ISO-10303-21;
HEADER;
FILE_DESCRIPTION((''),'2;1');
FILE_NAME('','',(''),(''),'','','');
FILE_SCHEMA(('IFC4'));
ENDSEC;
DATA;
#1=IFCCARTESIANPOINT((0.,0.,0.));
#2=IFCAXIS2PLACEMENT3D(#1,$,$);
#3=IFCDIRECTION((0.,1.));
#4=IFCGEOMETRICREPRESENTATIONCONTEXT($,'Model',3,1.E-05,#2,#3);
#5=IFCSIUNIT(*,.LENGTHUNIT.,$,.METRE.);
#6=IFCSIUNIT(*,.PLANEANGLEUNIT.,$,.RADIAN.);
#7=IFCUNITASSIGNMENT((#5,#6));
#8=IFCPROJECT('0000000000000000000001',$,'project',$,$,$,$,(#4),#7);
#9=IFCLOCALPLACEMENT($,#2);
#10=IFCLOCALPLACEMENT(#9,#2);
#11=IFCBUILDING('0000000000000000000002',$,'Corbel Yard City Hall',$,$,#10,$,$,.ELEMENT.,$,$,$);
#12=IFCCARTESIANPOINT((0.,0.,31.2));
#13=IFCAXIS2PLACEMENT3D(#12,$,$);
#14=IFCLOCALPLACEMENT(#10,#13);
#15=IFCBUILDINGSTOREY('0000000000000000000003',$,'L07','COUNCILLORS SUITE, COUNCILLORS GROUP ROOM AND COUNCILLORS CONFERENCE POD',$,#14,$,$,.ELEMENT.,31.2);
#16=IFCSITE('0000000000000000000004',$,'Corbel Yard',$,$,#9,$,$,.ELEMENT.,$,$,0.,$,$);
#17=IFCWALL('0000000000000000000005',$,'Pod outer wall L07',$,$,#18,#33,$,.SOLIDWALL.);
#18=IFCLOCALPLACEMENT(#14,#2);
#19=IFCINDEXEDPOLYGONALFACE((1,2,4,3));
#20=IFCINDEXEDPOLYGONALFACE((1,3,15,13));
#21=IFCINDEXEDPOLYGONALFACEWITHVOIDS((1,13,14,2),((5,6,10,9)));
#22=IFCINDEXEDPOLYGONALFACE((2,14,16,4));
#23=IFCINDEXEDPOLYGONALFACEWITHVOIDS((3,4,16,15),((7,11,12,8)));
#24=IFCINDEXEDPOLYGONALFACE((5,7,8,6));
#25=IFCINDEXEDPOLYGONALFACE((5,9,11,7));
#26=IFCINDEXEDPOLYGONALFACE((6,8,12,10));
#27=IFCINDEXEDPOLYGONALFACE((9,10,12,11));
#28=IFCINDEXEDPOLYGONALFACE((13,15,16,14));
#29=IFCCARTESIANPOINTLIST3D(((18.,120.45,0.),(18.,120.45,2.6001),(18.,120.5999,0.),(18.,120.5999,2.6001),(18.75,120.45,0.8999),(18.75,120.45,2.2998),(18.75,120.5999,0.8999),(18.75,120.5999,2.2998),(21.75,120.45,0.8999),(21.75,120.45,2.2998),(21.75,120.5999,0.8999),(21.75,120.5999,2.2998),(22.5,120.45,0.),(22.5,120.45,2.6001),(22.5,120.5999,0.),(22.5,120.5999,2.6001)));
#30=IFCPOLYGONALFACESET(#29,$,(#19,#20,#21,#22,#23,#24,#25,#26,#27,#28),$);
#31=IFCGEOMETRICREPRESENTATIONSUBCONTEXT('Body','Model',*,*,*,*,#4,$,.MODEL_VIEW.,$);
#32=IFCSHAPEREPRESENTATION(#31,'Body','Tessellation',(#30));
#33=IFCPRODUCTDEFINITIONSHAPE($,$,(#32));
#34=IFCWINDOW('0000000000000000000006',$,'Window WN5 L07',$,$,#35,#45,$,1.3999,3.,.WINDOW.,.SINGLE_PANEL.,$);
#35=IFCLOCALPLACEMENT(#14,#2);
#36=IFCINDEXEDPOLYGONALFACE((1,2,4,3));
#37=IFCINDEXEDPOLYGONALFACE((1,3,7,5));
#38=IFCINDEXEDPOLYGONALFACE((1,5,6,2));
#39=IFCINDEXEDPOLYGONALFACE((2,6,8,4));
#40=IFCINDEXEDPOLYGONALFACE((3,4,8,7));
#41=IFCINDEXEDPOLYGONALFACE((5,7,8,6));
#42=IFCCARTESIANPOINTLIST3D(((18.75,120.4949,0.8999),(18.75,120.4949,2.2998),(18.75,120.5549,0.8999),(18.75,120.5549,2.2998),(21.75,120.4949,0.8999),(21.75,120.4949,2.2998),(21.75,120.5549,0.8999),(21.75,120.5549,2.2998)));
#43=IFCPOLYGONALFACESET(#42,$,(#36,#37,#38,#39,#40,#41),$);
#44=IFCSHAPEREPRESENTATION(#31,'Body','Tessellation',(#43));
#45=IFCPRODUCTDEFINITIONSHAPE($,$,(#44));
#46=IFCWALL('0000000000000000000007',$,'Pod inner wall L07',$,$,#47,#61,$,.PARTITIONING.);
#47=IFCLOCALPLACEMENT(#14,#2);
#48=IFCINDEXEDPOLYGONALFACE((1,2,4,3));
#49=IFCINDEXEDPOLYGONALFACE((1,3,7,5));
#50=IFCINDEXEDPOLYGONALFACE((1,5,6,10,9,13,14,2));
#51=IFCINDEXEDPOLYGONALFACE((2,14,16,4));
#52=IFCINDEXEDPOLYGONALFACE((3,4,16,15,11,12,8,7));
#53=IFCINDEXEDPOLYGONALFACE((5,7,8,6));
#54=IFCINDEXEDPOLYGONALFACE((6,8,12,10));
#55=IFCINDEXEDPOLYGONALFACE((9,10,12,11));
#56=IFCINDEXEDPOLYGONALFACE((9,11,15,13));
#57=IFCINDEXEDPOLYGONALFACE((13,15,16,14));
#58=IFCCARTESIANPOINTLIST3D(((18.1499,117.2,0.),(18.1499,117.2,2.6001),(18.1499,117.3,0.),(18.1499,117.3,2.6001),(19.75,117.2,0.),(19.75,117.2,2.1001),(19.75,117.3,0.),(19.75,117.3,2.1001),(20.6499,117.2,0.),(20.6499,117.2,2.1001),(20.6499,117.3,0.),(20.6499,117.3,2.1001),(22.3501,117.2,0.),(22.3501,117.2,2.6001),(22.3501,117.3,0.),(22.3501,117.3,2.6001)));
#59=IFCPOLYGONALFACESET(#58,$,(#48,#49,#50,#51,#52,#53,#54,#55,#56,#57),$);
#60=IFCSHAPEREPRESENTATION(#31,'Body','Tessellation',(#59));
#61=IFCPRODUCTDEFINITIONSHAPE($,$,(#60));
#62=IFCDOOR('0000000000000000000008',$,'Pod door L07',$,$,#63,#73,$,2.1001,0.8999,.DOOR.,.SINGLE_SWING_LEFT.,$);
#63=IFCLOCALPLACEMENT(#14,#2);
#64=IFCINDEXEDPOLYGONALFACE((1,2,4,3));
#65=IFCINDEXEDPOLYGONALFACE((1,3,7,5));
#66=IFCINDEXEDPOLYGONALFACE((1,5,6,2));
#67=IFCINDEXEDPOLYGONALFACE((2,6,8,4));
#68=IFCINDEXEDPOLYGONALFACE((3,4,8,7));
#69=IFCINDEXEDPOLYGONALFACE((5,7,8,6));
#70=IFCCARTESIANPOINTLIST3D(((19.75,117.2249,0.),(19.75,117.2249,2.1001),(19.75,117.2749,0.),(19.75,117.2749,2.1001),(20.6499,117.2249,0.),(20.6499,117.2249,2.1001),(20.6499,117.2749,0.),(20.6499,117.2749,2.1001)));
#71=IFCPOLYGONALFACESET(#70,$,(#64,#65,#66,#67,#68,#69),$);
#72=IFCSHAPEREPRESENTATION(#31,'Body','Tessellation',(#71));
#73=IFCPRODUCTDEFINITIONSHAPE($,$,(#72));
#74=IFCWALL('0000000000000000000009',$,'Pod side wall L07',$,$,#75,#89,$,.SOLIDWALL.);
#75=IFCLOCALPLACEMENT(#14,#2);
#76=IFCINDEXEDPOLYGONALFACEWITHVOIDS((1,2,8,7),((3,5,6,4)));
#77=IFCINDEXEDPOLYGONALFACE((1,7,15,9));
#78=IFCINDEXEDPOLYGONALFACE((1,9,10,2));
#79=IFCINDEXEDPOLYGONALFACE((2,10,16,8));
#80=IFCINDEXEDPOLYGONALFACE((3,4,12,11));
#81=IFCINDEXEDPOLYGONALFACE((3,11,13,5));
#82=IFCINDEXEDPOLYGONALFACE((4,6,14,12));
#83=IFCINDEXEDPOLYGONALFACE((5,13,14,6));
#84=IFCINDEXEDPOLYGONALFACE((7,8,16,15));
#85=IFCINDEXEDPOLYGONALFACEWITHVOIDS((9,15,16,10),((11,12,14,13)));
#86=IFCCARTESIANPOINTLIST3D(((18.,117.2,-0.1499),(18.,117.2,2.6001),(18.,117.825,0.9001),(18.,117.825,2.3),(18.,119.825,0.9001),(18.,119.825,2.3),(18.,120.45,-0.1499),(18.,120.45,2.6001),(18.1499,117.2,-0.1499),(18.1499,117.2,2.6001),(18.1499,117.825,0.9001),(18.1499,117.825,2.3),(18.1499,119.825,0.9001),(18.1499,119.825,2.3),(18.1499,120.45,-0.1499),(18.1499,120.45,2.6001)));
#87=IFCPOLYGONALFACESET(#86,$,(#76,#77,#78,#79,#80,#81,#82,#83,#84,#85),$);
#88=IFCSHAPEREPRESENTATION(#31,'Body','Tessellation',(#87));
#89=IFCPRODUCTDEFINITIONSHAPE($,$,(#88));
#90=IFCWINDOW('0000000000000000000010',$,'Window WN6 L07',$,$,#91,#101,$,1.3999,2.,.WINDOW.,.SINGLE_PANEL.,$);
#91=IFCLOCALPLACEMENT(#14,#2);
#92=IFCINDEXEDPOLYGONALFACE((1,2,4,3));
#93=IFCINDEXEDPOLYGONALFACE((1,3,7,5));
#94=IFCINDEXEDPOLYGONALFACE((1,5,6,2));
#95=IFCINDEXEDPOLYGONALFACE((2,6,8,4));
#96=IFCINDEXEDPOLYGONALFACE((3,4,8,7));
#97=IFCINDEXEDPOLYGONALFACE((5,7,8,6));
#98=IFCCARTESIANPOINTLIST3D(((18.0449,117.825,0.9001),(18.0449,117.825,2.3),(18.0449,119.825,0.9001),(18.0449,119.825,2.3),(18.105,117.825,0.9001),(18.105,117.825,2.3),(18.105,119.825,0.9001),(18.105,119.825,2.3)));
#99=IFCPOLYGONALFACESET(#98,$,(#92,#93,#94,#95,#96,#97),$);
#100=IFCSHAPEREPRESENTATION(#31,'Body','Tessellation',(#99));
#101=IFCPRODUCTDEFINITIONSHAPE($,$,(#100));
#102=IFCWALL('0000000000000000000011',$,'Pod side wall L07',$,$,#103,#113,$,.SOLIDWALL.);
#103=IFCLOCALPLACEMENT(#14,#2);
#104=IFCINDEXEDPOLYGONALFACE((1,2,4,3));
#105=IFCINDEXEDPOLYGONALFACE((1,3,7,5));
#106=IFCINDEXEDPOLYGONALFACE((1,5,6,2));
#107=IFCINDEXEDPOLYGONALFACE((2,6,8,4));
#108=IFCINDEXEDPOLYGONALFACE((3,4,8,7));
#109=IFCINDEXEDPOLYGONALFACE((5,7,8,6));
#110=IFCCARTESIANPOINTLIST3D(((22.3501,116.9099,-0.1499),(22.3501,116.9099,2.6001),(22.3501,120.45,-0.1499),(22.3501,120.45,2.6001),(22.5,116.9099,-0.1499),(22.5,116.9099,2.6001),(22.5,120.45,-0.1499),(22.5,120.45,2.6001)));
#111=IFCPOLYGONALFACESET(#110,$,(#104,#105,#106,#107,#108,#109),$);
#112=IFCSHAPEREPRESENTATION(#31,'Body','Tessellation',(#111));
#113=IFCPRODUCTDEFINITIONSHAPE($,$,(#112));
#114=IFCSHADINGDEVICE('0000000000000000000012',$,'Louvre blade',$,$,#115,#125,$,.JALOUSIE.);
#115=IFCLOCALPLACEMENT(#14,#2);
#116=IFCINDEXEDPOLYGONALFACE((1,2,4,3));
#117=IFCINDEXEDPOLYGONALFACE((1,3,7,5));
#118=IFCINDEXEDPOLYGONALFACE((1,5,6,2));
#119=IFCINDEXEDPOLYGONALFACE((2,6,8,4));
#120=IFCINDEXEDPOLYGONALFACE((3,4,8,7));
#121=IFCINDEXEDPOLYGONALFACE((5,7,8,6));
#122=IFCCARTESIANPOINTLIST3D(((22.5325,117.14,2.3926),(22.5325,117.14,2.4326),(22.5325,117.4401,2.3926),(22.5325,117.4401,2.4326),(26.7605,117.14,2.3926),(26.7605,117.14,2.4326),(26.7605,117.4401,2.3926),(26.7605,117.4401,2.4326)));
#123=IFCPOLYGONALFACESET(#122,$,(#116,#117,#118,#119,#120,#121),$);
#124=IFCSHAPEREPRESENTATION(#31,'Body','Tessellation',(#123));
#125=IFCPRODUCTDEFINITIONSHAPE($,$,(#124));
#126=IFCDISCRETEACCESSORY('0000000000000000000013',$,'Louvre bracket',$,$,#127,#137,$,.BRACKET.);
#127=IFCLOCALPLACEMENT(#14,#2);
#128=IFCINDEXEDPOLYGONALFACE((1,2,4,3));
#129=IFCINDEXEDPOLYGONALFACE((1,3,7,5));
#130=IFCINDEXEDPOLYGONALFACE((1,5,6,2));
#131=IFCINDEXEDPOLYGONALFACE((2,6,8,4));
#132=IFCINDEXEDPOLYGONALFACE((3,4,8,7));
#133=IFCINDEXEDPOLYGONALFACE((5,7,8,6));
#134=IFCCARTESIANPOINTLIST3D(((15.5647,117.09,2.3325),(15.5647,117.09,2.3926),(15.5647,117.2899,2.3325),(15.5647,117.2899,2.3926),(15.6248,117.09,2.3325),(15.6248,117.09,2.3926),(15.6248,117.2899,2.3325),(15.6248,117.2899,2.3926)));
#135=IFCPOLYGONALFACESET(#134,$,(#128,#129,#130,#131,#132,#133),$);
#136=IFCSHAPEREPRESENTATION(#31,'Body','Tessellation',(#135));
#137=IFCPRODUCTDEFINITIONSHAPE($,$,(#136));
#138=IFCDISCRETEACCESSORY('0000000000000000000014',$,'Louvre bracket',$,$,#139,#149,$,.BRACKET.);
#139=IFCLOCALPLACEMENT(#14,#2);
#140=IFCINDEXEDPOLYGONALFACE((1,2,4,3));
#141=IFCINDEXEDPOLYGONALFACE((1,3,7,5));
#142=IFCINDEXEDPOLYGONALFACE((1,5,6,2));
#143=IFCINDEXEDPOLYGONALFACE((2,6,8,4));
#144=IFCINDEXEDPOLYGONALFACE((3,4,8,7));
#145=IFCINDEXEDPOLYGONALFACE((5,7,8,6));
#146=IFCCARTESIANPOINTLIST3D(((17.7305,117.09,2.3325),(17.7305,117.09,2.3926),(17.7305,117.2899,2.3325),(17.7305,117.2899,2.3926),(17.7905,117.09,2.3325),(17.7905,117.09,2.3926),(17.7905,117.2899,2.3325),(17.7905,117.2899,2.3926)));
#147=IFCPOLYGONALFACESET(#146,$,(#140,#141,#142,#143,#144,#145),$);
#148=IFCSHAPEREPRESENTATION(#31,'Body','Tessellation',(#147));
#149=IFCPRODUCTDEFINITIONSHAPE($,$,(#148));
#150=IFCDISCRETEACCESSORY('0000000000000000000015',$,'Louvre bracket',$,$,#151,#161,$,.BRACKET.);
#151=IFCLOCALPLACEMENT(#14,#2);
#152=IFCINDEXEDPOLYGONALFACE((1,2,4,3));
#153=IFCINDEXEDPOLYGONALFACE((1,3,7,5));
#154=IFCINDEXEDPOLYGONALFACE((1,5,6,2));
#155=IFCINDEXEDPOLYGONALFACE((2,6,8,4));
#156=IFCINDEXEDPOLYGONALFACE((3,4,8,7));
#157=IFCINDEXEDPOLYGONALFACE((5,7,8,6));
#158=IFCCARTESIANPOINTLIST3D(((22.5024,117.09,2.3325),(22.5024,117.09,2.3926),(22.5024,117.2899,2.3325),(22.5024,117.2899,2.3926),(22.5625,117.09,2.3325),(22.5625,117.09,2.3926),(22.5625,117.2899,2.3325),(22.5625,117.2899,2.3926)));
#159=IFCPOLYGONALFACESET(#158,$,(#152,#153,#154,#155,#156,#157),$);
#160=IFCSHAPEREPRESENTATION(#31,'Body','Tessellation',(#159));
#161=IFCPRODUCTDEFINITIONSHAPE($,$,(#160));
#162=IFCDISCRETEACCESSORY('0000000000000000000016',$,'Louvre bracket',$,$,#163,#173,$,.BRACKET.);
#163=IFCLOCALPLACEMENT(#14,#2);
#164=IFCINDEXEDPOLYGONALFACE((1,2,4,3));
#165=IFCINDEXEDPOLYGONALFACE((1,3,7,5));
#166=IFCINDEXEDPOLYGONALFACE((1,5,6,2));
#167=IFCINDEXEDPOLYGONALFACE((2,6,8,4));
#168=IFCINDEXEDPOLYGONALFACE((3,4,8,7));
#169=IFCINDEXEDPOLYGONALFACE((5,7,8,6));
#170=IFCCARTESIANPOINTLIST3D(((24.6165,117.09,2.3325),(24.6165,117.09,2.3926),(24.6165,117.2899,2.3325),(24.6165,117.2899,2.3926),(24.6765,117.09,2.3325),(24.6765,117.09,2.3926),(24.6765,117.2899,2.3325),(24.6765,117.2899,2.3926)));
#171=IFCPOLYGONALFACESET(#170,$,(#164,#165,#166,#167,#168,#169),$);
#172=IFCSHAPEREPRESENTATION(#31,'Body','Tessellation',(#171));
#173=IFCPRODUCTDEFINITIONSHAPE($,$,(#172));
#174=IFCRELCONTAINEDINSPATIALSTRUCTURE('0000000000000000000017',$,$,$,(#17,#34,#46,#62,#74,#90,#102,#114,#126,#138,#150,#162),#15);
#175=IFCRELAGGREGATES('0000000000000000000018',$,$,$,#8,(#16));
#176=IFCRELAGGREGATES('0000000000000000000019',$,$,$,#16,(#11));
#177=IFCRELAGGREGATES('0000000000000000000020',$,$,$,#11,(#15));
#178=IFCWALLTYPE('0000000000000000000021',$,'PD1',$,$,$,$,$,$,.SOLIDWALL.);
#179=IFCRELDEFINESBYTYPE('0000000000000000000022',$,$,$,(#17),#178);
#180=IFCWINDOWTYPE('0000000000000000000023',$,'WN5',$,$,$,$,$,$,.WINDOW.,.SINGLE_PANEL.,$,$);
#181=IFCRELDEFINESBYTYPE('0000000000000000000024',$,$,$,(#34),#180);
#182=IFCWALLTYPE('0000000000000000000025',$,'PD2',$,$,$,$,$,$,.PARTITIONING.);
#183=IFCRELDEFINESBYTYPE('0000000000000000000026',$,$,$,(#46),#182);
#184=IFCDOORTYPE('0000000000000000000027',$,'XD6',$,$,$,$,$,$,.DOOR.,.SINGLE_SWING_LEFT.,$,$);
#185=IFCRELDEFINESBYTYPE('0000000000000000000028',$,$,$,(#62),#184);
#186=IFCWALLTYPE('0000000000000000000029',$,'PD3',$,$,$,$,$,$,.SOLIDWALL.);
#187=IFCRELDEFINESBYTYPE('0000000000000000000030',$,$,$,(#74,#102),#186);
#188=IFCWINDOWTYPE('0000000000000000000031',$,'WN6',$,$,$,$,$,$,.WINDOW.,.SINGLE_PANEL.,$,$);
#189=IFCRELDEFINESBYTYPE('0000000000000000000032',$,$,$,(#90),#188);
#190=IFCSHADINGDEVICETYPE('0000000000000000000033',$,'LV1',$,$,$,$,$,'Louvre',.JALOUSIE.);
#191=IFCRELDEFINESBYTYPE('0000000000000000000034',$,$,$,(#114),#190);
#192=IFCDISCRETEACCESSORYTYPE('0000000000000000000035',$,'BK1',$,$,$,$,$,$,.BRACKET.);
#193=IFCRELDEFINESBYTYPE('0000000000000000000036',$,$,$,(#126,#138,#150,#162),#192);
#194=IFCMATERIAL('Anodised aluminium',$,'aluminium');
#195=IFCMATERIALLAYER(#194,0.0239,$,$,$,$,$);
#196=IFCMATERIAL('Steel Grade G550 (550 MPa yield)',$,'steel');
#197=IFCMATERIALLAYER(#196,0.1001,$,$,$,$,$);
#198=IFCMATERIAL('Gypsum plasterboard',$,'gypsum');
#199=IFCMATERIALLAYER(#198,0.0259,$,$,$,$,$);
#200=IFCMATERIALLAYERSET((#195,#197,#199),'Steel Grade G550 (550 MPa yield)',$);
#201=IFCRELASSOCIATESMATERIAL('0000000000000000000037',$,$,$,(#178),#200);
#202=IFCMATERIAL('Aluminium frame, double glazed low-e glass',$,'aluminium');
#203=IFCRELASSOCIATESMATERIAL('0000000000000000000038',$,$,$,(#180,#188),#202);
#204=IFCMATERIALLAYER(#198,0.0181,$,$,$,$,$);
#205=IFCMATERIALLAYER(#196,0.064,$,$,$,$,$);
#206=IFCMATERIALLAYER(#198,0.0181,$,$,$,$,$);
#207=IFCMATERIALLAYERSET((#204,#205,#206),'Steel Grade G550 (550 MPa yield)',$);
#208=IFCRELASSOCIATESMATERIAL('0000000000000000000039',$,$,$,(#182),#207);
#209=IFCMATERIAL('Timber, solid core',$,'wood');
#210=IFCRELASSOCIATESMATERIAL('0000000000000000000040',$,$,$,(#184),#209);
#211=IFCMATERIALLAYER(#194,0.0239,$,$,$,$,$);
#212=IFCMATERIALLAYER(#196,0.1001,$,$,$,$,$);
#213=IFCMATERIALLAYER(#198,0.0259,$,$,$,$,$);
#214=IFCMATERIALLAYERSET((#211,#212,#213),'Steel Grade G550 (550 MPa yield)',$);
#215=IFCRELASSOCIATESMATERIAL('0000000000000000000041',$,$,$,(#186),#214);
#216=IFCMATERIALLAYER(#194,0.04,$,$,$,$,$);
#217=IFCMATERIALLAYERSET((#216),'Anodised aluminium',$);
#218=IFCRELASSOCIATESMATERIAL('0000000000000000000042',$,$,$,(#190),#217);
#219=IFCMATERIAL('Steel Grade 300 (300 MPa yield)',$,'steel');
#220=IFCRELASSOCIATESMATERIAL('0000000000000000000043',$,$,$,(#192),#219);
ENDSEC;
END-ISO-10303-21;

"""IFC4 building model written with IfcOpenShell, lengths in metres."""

from ifc_helpers import new_model, si_unit, direction, frame, frame_2d, origin, origin_2d, place, context, subcontext, project, spatial, rectangle, extrude, material, layer, layer_set, type_object, element, fill, save


model = new_model("IFC4")

# Units and contexts
model_context = context("Model", 3, precision=1e-05, world=origin(), true_north=direction((0.0, 1.0)))
body_context = subcontext(model_context, "Body", "Model", "MODEL_VIEW")
ifc_project = project(units=[si_unit("LENGTHUNIT", "METRE"), si_unit("PLANEANGLEUNIT", "RADIAN")], contexts=[model_context])

# Site, building, storey
site_placement = place(None, origin())
site = spatial("IfcSite", under=ifc_project, at=site_placement, Name="Corbel Yard", CompositionType="ELEMENT", RefElevation=0.0)
building_placement = place(site_placement, origin())
building = spatial("IfcBuilding", under=site, at=building_placement, Name="Corbel Yard City Hall", CompositionType="ELEMENT")
storey_placement = place(building_placement, frame((0.0, 0.0, 31.2)))
storey = spatial("IfcBuildingStorey", under=building, at=storey_placement, Name="L07", Description="COUNCILLORS SUITE, COUNCILLORS GROUP ROOM AND COUNCILLORS CONFERENCE POD", CompositionType="ELEMENT", Elevation=31.2)

# Shared definitions
ifc_material_1 = material(Name="Steel Grade 300 (300 MPa yield)", Category="steel")

# Wall, opening, window
ifc_material_2 = material(Name="Anodised aluminium", Category="aluminium")
ifc_layer_1 = layer(ifc_material_2, 0.0239)
ifc_material_3 = material(Name="Steel Grade G550 (550 MPa yield)", Category="steel")
ifc_layer_2 = layer(ifc_material_3, 0.1001)
ifc_material_4 = material(Name="Gypsum plasterboard", Category="gypsum")
ifc_layer_3 = layer(ifc_material_4, 0.0259)
ifc_layer_set_1 = layer_set([ifc_layer_1, ifc_layer_2, ifc_layer_3], Name="Steel Grade G550 (550 MPa yield)")
wall_type_1 = type_object("IfcWallType", Name="PD1", PredefinedType="SOLIDWALL", material=ifc_layer_set_1)
wall_1_placement = place(storey_placement, frame((18.0, 120.5249, 0.0), z_axis=(0.0, 0.0, 1.0), x_axis=(1.0, 0.0, 0.0)))
wall_1 = element("IfcWall", 1, at=wall_1_placement, inside=storey, type_object=wall_type_1, Name="Pod outer wall L07", PredefinedType="SOLIDWALL", context=body_context, shape_type="SweptSolid", body=[
    extrude(rectangle(XDim=4.5, YDim=0.1499, at=frame_2d((2.25, 0.0))), origin(), (0.0, 0.0, 1.0), 2.6001),
])
opening_1_placement = place(wall_1_placement, frame((0.75, 0.0, 0.8999)))
opening_1 = element("IfcOpeningElement", 2, at=opening_1_placement, cuts=wall_1, PredefinedType="OPENING", context=body_context, shape_type="SweptSolid", body=[
    extrude(rectangle(XDim=3.0, YDim=1.3999, at=frame_2d((1.5, 0.7))), frame((0.0, 0.085, 0.0), z_axis=(0.0, -1.0, 0.0), x_axis=(1.0, 0.0, 0.0)), (0.0, 0.0, 1.0), 0.1699),
])
ifc_material_5 = material(Name="Aluminium frame, double glazed low-e glass", Category="aluminium")
window_type_1 = type_object("IfcWindowType", Name="WN5", PartitioningType="SINGLE_PANEL", PredefinedType="WINDOW", material=ifc_material_5)
window_1_placement = place(opening_1_placement, origin())
window_1 = element("IfcWindow", 3, at=window_1_placement, inside=storey, type_object=window_type_1, Name="Window WN5 L07", OverallHeight=1.3999, OverallWidth=3.0, PartitioningType="SINGLE_PANEL", PredefinedType="WINDOW", context=body_context, shape_type="SweptSolid", body=[
    extrude(rectangle(XDim=3.0, YDim=1.3999, at=frame_2d((1.5, 0.7))), frame((0.0, 0.03, 0.0), z_axis=(0.0, -1.0, 0.0), x_axis=(1.0, 0.0, 0.0)), (0.0, 0.0, 1.0), 0.0601),
])
fill(opening_1, window_1)

# Wall, opening, door
ifc_layer_4 = layer(ifc_material_4, 0.0181)
ifc_layer_5 = layer(ifc_material_3, 0.064)
ifc_layer_6 = layer(ifc_material_4, 0.0181)
ifc_layer_set_2 = layer_set([ifc_layer_4, ifc_layer_5, ifc_layer_6], Name="Steel Grade G550 (550 MPa yield)")
wall_type_2 = type_object("IfcWallType", Name="PD2", PredefinedType="PARTITIONING", material=ifc_layer_set_2)
wall_2_placement = place(storey_placement, frame((18.1499, 117.25, 0.0), z_axis=(0.0, 0.0, 1.0), x_axis=(1.0, 0.0, 0.0)))
wall_2 = element("IfcWall", 4, at=wall_2_placement, inside=storey, type_object=wall_type_2, Name="Pod inner wall L07", PredefinedType="PARTITIONING", context=body_context, shape_type="SweptSolid", body=[
    extrude(rectangle(XDim=4.2002, YDim=0.1001, at=frame_2d((2.1001, 0.0))), origin(), (0.0, 0.0, 1.0), 2.6001),
])
opening_2_placement = place(wall_2_placement, frame((1.6001, 0.0, 0.0)))
opening_2 = element("IfcOpeningElement", 5, at=opening_2_placement, cuts=wall_2, PredefinedType="OPENING", context=body_context, shape_type="SweptSolid", body=[
    extrude(rectangle(XDim=0.8999, YDim=2.1001, at=frame_2d((0.45, 1.05))), frame((0.0, 0.0601, 0.0), z_axis=(0.0, -1.0, 0.0), x_axis=(1.0, 0.0, 0.0)), (0.0, 0.0, 1.0), 0.1201),
])
ifc_material_6 = material(Name="Timber, solid core", Category="wood")
door_type = type_object("IfcDoorType", Name="XD6", OperationType="SINGLE_SWING_LEFT", PredefinedType="DOOR", material=ifc_material_6)
door_placement = place(opening_2_placement, origin())
door = element("IfcDoor", 6, at=door_placement, inside=storey, type_object=door_type, Name="Pod door L07", OperationType="SINGLE_SWING_LEFT", OverallHeight=2.1001, OverallWidth=0.8999, PredefinedType="DOOR", context=body_context, shape_type="SweptSolid", body=[
    extrude(rectangle(XDim=0.8999, YDim=2.1001, at=frame_2d((0.45, 1.05))), frame((0.0, 0.0249, 0.0), z_axis=(0.0, -1.0, 0.0), x_axis=(1.0, 0.0, 0.0)), (0.0, 0.0, 1.0), 0.05),
])
fill(opening_2, door)

# Wall, opening, window
ifc_layer_7 = layer(ifc_material_2, 0.0239)
ifc_layer_8 = layer(ifc_material_3, 0.1001)
ifc_layer_9 = layer(ifc_material_4, 0.0259)
ifc_layer_set_3 = layer_set([ifc_layer_7, ifc_layer_8, ifc_layer_9], Name="Steel Grade G550 (550 MPa yield)")
wall_type_3 = type_object("IfcWallType", Name="PD3", PredefinedType="SOLIDWALL", material=ifc_layer_set_3)
wall_3_placement = place(storey_placement, frame((18.075, 120.45, -0.1499), z_axis=(0.0, 0.0, 1.0), x_axis=(0.0, -1.0, 0.0)))
wall_3 = element("IfcWall", 7, at=wall_3_placement, inside=storey, type_object=wall_type_3, Name="Pod side wall L07", PredefinedType="SOLIDWALL", context=body_context, shape_type="SweptSolid", body=[
    extrude(rectangle(XDim=3.25, YDim=0.1499, at=frame_2d((1.625, 0.0))), origin(), (0.0, 0.0, 1.0), 2.75),
])
opening_3_placement = place(wall_3_placement, frame((0.625, 0.0, 1.05)))
opening_3 = element("IfcOpeningElement", 8, at=opening_3_placement, cuts=wall_3, PredefinedType="OPENING", context=body_context, shape_type="SweptSolid", body=[
    extrude(rectangle(XDim=2.0, YDim=1.3999, at=frame_2d((1.0, 0.7))), frame((0.0, 0.085, 0.0), z_axis=(0.0, -1.0, 0.0), x_axis=(1.0, 0.0, 0.0)), (0.0, 0.0, 1.0), 0.1699),
])
window_type_2 = type_object("IfcWindowType", Name="WN6", PartitioningType="SINGLE_PANEL", PredefinedType="WINDOW", material=ifc_material_5)
window_2_placement = place(opening_3_placement, origin())
window_2 = element("IfcWindow", 9, at=window_2_placement, inside=storey, type_object=window_type_2, Name="Window WN6 L07", OverallHeight=1.3999, OverallWidth=2.0, PartitioningType="SINGLE_PANEL", PredefinedType="WINDOW", context=body_context, shape_type="SweptSolid", body=[
    extrude(rectangle(XDim=2.0, YDim=1.3999, at=frame_2d((1.0, 0.7))), frame((0.0, 0.03, 0.0), z_axis=(0.0, -1.0, 0.0), x_axis=(1.0, 0.0, 0.0)), (0.0, 0.0, 1.0), 0.0601),
])
fill(opening_3, window_2)

# Wall
wall_4_placement = place(storey_placement, frame((22.425, 120.45, -0.1499), z_axis=(0.0, 0.0, 1.0), x_axis=(0.0, -1.0, 0.0)))
element("IfcWall", 10, at=wall_4_placement, inside=storey, type_object=wall_type_3, Name="Pod side wall L07", PredefinedType="SOLIDWALL", context=body_context, shape_type="SweptSolid", body=[
    extrude(rectangle(XDim=3.54, YDim=0.1499, at=frame_2d((1.77, 0.0))), origin(), (0.0, 0.0, 1.0), 2.75),
])

# Shading device
ifc_layer_10 = layer(ifc_material_2, 0.04)
ifc_layer_set_4 = layer_set([ifc_layer_10], Name="Anodised aluminium")
shading_device_type = type_object("IfcShadingDeviceType", Name="LV1", ElementType="Louvre", PredefinedType="JALOUSIE", material=ifc_layer_set_4)
shading_device_placement = place(storey_placement, frame((24.6465, 117.29, 2.3926), z_axis=(0.0, 0.0, 1.0), x_axis=(1.0, 0.0, 0.0)))
element("IfcShadingDevice", 11, at=shading_device_placement, inside=storey, type_object=shading_device_type, Name="Louvre blade", PredefinedType="JALOUSIE", context=body_context, shape_type="SweptSolid", body=[
    extrude(rectangle(XDim=4.228, YDim=0.3, at=origin_2d()), origin(), (0.0, 0.0, 1.0), 0.04),
])

# Discrete accessories
discrete_accessory_type = type_object("IfcDiscreteAccessoryType", Name="BK1", PredefinedType="BRACKET", material=ifc_material_1)
for number, where, z_axis, x_axis, name in (
    (12, (15.5947, 117.1899, 2.3325), (0.0, 0.0, 1.0), (1.0, 0.0, 0.0), "Louvre bracket"),
    (13, (17.7605, 117.1899, 2.3325), (0.0, 0.0, 1.0), (1.0, 0.0, 0.0), "Louvre bracket"),
    (14, (22.5325, 117.1899, 2.3325), (0.0, 0.0, 1.0), (1.0, 0.0, 0.0), "Louvre bracket"),
    (15, (24.6465, 117.1899, 2.3325), (0.0, 0.0, 1.0), (1.0, 0.0, 0.0), "Louvre bracket"),
):
    element("IfcDiscreteAccessory", number, at=place(storey_placement, frame(where, z_axis=z_axis, x_axis=x_axis)), inside=storey, type_object=discrete_accessory_type, Name=name, PredefinedType="BRACKET", context=body_context, shape_type="SweptSolid", body=[
        extrude(rectangle(XDim=0.0601, YDim=0.2, at=origin_2d()), origin(), (0.0, 0.0, 1.0), 0.0601),
    ])

save(model, "model.ifc")
